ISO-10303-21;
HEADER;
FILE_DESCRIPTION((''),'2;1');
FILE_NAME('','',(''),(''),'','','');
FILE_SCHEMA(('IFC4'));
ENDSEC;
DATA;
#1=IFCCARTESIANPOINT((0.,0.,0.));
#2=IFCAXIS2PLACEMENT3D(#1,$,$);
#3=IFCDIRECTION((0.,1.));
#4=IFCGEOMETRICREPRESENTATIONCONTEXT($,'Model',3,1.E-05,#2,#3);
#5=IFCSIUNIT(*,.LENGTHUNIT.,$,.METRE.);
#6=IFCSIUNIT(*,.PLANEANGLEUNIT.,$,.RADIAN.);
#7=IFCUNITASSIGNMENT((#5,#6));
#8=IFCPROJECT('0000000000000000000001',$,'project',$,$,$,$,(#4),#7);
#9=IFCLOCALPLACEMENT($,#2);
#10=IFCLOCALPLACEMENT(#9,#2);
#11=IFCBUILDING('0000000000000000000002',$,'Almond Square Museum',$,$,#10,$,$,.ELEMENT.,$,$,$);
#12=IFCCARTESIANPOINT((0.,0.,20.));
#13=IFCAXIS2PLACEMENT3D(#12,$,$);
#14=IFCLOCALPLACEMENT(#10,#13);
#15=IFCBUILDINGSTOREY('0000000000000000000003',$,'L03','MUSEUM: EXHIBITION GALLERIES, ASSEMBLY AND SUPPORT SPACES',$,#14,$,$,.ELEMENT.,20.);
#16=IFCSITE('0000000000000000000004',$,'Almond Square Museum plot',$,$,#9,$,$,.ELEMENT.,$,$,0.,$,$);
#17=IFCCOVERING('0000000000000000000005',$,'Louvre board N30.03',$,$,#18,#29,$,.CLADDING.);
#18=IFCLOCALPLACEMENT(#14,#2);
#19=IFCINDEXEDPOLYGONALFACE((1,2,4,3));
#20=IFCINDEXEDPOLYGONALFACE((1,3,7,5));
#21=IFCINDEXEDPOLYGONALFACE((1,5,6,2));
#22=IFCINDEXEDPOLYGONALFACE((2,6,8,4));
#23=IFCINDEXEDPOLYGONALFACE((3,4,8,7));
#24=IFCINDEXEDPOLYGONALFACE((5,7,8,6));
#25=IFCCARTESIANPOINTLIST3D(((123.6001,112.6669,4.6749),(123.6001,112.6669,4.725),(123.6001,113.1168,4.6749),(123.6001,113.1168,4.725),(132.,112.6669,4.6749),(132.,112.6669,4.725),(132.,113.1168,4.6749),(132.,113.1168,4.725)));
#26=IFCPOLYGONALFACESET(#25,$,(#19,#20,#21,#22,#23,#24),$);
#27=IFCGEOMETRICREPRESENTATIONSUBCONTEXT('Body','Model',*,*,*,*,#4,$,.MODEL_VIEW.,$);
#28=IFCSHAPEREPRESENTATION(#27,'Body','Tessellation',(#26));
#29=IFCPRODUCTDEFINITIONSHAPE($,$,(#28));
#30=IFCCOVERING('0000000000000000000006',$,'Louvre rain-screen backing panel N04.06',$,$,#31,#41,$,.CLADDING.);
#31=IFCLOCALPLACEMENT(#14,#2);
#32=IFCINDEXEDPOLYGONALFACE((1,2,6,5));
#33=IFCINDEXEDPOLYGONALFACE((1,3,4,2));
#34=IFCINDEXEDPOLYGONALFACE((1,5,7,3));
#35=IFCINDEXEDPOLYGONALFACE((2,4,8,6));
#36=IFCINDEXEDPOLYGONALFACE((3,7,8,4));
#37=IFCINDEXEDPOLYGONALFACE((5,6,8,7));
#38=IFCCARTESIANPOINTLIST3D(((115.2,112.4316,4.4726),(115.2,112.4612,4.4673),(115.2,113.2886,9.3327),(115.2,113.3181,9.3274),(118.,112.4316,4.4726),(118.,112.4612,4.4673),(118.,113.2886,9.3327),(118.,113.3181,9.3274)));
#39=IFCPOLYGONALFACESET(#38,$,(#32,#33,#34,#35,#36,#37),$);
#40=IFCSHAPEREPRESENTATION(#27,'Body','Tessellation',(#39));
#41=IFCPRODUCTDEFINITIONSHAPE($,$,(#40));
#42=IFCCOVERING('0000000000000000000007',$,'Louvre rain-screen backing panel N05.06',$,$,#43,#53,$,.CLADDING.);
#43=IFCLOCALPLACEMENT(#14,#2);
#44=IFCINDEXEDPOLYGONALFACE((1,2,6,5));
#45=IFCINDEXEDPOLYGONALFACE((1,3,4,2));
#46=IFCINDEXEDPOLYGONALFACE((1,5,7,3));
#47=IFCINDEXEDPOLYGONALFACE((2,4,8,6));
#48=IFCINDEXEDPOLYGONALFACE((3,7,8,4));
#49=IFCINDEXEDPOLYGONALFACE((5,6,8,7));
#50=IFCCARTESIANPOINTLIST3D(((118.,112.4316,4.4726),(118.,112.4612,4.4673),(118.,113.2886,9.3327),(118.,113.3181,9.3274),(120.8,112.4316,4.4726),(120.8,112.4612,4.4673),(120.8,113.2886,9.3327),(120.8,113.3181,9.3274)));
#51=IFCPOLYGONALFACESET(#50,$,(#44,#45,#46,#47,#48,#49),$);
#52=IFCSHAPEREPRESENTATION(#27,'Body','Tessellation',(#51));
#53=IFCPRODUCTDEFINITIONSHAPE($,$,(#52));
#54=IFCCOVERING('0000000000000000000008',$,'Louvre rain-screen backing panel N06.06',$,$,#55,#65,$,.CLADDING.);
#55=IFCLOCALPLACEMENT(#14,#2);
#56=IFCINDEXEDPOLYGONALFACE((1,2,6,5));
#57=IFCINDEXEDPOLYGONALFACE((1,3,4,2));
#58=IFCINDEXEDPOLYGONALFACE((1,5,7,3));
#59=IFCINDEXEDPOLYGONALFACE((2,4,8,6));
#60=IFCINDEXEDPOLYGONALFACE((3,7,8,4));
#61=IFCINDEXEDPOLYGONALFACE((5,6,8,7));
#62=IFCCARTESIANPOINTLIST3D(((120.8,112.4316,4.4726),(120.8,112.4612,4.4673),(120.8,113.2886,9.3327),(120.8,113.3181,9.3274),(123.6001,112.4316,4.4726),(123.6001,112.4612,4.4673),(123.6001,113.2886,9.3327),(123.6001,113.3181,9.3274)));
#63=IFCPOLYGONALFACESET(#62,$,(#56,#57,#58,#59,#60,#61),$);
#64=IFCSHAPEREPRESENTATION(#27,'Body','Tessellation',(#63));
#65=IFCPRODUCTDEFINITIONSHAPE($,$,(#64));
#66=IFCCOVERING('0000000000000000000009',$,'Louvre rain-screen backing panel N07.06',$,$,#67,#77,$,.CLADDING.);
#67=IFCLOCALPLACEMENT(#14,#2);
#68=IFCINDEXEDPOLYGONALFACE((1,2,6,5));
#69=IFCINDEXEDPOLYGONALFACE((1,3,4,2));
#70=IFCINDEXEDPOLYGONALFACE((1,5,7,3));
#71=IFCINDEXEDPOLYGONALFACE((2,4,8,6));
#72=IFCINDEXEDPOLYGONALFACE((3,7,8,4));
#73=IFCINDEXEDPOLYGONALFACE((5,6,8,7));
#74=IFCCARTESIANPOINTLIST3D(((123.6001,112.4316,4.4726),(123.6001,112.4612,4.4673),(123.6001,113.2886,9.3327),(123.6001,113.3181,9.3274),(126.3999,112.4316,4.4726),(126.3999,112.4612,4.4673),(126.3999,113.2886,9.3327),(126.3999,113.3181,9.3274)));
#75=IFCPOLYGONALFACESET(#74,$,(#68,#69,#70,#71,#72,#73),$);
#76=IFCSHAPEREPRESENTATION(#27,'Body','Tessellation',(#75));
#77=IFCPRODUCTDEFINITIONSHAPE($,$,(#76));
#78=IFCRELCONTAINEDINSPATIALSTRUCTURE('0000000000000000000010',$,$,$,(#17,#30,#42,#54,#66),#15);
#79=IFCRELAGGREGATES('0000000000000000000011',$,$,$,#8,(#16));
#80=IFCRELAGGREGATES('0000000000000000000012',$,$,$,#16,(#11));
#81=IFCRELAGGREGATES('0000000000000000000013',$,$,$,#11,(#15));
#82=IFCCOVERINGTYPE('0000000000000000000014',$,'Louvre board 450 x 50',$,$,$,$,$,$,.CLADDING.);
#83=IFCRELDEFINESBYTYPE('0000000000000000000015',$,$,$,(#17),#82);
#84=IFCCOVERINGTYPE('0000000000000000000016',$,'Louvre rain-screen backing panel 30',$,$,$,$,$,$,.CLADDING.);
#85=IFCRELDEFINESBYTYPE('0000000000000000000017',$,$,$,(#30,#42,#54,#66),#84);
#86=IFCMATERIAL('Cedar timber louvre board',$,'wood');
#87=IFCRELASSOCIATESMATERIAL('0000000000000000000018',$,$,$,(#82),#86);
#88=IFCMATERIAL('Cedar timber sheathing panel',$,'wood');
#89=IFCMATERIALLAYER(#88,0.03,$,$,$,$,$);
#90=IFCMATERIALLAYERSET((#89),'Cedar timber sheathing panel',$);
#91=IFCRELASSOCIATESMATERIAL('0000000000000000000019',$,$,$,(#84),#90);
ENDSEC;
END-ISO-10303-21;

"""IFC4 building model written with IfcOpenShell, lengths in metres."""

from ifc_helpers import new_model, si_unit, direction, frame, origin, origin_2d, place, context, subcontext, project, spatial, polyline, rectangle, outline, extrude, material, layer, layer_set, material_profile, profile_set, type_object, element, save


model = new_model("IFC4")

# Units and contexts
model_context = context("Model", 3, precision=1e-05, world=origin(), true_north=direction((0.0, 1.0)))
body_context = subcontext(model_context, "Body", "Model", "MODEL_VIEW")
ifc_project = project(units=[si_unit("LENGTHUNIT", "METRE"), si_unit("PLANEANGLEUNIT", "RADIAN")], contexts=[model_context])

# Site, building, storey
site_placement = place(None, origin())
site = spatial("IfcSite", under=ifc_project, at=site_placement, Name="Almond Square Museum plot", CompositionType="ELEMENT", RefElevation=0.0)
building_placement = place(site_placement, origin())
building = spatial("IfcBuilding", under=site, at=building_placement, Name="Almond Square Museum", CompositionType="ELEMENT")
storey_placement = place(building_placement, frame((0.0, 0.0, 20.0)))
storey = spatial("IfcBuildingStorey", under=building, at=storey_placement, Name="L03", Description="MUSEUM: EXHIBITION GALLERIES, ASSEMBLY AND SUPPORT SPACES", CompositionType="ELEMENT", Elevation=20.0)

# Coverings
ifc_material_1 = material(Name="Cedar timber louvre board", Category="wood")
ifc_material_profile_1 = material_profile(ifc_material_1, rectangle(XDim=0.45, YDim=0.05, at=origin_2d()))
ifc_profile_set_1 = profile_set([ifc_material_profile_1], Name="Cedar timber louvre board")
covering_type_1 = type_object("IfcCoveringType", Name="Louvre board 450 x 50", PredefinedType="CLADDING", material=ifc_profile_set_1)
covering_1_placement = place(storey_placement, frame((123.6001, 112.8918, 4.7), z_axis=(1.0, 0.0, 0.0), x_axis=(0.0, 1.0, 0.0)))
element("IfcCovering", 1, at=covering_1_placement, inside=storey, type_object=covering_type_1, Name="Louvre board N30.03", PredefinedType="CLADDING", context=body_context, shape_type="SweptSolid", body=[
    extrude(rectangle(XDim=0.45, YDim=0.05, at=origin_2d()), origin(), (0.0, 0.0, 1.0), 8.3999),
])
ifc_material_2 = material(Name="Cedar timber sheathing panel", Category="wood")
ifc_layer_1 = layer(ifc_material_2, 0.03)
ifc_layer_set_1 = layer_set([ifc_layer_1], Name="Cedar timber sheathing panel")
covering_type_2 = type_object("IfcCoveringType", Name="Louvre rain-screen backing panel 30", PredefinedType="CLADDING", material=ifc_layer_set_1)
for number, where, z_axis, x_axis, name in (
    (2, (115.2, 112.4463, 4.47), (0.0, -0.984809, 0.173641), (1.0, 0.0, 0.0), "Louvre rain-screen backing panel N04.06"),
    (3, (118.0, 112.4463, 4.47), (0.0, -0.984809, 0.173641), (1.0, 0.0, 0.0), "Louvre rain-screen backing panel N05.06"),
    (4, (120.8, 112.4463, 4.47), (0.0, -0.984809, 0.173641), (1.0, 0.0, 0.0), "Louvre rain-screen backing panel N06.06"),
):
    element("IfcCovering", number, at=place(storey_placement, frame(where, z_axis=z_axis, x_axis=x_axis)), inside=storey, type_object=covering_type_2, Name=name, PredefinedType="CLADDING", context=body_context, shape_type="SweptSolid", body=[
        extrude(outline(polyline([(0.0, 0.0), (2.8, 0.0), (2.8, 4.9351), (0.0, 4.9351), (0.0, 0.0)])), frame((0.0, 0.0, -0.0151)), (0.0, 0.0, 1.0), 0.03),
    ])
covering_2_placement = place(storey_placement, frame((123.6001, 112.4463, 4.47), z_axis=(0.0, -0.984809, 0.173641), x_axis=(1.0, 0.0, 0.0)))
element("IfcCovering", 5, at=covering_2_placement, inside=storey, type_object=covering_type_2, Name="Louvre rain-screen backing panel N07.06", PredefinedType="CLADDING", context=body_context, shape_type="SweptSolid", body=[
    extrude(outline(polyline([(0.0, 0.0), (2.7998, 0.0), (2.7998, 4.9351), (0.0, 4.9351), (0.0, 0.0)])), frame((0.0, 0.0, -0.0151)), (0.0, 0.0, 1.0), 0.03),
])

save(model, "model.ifc")
